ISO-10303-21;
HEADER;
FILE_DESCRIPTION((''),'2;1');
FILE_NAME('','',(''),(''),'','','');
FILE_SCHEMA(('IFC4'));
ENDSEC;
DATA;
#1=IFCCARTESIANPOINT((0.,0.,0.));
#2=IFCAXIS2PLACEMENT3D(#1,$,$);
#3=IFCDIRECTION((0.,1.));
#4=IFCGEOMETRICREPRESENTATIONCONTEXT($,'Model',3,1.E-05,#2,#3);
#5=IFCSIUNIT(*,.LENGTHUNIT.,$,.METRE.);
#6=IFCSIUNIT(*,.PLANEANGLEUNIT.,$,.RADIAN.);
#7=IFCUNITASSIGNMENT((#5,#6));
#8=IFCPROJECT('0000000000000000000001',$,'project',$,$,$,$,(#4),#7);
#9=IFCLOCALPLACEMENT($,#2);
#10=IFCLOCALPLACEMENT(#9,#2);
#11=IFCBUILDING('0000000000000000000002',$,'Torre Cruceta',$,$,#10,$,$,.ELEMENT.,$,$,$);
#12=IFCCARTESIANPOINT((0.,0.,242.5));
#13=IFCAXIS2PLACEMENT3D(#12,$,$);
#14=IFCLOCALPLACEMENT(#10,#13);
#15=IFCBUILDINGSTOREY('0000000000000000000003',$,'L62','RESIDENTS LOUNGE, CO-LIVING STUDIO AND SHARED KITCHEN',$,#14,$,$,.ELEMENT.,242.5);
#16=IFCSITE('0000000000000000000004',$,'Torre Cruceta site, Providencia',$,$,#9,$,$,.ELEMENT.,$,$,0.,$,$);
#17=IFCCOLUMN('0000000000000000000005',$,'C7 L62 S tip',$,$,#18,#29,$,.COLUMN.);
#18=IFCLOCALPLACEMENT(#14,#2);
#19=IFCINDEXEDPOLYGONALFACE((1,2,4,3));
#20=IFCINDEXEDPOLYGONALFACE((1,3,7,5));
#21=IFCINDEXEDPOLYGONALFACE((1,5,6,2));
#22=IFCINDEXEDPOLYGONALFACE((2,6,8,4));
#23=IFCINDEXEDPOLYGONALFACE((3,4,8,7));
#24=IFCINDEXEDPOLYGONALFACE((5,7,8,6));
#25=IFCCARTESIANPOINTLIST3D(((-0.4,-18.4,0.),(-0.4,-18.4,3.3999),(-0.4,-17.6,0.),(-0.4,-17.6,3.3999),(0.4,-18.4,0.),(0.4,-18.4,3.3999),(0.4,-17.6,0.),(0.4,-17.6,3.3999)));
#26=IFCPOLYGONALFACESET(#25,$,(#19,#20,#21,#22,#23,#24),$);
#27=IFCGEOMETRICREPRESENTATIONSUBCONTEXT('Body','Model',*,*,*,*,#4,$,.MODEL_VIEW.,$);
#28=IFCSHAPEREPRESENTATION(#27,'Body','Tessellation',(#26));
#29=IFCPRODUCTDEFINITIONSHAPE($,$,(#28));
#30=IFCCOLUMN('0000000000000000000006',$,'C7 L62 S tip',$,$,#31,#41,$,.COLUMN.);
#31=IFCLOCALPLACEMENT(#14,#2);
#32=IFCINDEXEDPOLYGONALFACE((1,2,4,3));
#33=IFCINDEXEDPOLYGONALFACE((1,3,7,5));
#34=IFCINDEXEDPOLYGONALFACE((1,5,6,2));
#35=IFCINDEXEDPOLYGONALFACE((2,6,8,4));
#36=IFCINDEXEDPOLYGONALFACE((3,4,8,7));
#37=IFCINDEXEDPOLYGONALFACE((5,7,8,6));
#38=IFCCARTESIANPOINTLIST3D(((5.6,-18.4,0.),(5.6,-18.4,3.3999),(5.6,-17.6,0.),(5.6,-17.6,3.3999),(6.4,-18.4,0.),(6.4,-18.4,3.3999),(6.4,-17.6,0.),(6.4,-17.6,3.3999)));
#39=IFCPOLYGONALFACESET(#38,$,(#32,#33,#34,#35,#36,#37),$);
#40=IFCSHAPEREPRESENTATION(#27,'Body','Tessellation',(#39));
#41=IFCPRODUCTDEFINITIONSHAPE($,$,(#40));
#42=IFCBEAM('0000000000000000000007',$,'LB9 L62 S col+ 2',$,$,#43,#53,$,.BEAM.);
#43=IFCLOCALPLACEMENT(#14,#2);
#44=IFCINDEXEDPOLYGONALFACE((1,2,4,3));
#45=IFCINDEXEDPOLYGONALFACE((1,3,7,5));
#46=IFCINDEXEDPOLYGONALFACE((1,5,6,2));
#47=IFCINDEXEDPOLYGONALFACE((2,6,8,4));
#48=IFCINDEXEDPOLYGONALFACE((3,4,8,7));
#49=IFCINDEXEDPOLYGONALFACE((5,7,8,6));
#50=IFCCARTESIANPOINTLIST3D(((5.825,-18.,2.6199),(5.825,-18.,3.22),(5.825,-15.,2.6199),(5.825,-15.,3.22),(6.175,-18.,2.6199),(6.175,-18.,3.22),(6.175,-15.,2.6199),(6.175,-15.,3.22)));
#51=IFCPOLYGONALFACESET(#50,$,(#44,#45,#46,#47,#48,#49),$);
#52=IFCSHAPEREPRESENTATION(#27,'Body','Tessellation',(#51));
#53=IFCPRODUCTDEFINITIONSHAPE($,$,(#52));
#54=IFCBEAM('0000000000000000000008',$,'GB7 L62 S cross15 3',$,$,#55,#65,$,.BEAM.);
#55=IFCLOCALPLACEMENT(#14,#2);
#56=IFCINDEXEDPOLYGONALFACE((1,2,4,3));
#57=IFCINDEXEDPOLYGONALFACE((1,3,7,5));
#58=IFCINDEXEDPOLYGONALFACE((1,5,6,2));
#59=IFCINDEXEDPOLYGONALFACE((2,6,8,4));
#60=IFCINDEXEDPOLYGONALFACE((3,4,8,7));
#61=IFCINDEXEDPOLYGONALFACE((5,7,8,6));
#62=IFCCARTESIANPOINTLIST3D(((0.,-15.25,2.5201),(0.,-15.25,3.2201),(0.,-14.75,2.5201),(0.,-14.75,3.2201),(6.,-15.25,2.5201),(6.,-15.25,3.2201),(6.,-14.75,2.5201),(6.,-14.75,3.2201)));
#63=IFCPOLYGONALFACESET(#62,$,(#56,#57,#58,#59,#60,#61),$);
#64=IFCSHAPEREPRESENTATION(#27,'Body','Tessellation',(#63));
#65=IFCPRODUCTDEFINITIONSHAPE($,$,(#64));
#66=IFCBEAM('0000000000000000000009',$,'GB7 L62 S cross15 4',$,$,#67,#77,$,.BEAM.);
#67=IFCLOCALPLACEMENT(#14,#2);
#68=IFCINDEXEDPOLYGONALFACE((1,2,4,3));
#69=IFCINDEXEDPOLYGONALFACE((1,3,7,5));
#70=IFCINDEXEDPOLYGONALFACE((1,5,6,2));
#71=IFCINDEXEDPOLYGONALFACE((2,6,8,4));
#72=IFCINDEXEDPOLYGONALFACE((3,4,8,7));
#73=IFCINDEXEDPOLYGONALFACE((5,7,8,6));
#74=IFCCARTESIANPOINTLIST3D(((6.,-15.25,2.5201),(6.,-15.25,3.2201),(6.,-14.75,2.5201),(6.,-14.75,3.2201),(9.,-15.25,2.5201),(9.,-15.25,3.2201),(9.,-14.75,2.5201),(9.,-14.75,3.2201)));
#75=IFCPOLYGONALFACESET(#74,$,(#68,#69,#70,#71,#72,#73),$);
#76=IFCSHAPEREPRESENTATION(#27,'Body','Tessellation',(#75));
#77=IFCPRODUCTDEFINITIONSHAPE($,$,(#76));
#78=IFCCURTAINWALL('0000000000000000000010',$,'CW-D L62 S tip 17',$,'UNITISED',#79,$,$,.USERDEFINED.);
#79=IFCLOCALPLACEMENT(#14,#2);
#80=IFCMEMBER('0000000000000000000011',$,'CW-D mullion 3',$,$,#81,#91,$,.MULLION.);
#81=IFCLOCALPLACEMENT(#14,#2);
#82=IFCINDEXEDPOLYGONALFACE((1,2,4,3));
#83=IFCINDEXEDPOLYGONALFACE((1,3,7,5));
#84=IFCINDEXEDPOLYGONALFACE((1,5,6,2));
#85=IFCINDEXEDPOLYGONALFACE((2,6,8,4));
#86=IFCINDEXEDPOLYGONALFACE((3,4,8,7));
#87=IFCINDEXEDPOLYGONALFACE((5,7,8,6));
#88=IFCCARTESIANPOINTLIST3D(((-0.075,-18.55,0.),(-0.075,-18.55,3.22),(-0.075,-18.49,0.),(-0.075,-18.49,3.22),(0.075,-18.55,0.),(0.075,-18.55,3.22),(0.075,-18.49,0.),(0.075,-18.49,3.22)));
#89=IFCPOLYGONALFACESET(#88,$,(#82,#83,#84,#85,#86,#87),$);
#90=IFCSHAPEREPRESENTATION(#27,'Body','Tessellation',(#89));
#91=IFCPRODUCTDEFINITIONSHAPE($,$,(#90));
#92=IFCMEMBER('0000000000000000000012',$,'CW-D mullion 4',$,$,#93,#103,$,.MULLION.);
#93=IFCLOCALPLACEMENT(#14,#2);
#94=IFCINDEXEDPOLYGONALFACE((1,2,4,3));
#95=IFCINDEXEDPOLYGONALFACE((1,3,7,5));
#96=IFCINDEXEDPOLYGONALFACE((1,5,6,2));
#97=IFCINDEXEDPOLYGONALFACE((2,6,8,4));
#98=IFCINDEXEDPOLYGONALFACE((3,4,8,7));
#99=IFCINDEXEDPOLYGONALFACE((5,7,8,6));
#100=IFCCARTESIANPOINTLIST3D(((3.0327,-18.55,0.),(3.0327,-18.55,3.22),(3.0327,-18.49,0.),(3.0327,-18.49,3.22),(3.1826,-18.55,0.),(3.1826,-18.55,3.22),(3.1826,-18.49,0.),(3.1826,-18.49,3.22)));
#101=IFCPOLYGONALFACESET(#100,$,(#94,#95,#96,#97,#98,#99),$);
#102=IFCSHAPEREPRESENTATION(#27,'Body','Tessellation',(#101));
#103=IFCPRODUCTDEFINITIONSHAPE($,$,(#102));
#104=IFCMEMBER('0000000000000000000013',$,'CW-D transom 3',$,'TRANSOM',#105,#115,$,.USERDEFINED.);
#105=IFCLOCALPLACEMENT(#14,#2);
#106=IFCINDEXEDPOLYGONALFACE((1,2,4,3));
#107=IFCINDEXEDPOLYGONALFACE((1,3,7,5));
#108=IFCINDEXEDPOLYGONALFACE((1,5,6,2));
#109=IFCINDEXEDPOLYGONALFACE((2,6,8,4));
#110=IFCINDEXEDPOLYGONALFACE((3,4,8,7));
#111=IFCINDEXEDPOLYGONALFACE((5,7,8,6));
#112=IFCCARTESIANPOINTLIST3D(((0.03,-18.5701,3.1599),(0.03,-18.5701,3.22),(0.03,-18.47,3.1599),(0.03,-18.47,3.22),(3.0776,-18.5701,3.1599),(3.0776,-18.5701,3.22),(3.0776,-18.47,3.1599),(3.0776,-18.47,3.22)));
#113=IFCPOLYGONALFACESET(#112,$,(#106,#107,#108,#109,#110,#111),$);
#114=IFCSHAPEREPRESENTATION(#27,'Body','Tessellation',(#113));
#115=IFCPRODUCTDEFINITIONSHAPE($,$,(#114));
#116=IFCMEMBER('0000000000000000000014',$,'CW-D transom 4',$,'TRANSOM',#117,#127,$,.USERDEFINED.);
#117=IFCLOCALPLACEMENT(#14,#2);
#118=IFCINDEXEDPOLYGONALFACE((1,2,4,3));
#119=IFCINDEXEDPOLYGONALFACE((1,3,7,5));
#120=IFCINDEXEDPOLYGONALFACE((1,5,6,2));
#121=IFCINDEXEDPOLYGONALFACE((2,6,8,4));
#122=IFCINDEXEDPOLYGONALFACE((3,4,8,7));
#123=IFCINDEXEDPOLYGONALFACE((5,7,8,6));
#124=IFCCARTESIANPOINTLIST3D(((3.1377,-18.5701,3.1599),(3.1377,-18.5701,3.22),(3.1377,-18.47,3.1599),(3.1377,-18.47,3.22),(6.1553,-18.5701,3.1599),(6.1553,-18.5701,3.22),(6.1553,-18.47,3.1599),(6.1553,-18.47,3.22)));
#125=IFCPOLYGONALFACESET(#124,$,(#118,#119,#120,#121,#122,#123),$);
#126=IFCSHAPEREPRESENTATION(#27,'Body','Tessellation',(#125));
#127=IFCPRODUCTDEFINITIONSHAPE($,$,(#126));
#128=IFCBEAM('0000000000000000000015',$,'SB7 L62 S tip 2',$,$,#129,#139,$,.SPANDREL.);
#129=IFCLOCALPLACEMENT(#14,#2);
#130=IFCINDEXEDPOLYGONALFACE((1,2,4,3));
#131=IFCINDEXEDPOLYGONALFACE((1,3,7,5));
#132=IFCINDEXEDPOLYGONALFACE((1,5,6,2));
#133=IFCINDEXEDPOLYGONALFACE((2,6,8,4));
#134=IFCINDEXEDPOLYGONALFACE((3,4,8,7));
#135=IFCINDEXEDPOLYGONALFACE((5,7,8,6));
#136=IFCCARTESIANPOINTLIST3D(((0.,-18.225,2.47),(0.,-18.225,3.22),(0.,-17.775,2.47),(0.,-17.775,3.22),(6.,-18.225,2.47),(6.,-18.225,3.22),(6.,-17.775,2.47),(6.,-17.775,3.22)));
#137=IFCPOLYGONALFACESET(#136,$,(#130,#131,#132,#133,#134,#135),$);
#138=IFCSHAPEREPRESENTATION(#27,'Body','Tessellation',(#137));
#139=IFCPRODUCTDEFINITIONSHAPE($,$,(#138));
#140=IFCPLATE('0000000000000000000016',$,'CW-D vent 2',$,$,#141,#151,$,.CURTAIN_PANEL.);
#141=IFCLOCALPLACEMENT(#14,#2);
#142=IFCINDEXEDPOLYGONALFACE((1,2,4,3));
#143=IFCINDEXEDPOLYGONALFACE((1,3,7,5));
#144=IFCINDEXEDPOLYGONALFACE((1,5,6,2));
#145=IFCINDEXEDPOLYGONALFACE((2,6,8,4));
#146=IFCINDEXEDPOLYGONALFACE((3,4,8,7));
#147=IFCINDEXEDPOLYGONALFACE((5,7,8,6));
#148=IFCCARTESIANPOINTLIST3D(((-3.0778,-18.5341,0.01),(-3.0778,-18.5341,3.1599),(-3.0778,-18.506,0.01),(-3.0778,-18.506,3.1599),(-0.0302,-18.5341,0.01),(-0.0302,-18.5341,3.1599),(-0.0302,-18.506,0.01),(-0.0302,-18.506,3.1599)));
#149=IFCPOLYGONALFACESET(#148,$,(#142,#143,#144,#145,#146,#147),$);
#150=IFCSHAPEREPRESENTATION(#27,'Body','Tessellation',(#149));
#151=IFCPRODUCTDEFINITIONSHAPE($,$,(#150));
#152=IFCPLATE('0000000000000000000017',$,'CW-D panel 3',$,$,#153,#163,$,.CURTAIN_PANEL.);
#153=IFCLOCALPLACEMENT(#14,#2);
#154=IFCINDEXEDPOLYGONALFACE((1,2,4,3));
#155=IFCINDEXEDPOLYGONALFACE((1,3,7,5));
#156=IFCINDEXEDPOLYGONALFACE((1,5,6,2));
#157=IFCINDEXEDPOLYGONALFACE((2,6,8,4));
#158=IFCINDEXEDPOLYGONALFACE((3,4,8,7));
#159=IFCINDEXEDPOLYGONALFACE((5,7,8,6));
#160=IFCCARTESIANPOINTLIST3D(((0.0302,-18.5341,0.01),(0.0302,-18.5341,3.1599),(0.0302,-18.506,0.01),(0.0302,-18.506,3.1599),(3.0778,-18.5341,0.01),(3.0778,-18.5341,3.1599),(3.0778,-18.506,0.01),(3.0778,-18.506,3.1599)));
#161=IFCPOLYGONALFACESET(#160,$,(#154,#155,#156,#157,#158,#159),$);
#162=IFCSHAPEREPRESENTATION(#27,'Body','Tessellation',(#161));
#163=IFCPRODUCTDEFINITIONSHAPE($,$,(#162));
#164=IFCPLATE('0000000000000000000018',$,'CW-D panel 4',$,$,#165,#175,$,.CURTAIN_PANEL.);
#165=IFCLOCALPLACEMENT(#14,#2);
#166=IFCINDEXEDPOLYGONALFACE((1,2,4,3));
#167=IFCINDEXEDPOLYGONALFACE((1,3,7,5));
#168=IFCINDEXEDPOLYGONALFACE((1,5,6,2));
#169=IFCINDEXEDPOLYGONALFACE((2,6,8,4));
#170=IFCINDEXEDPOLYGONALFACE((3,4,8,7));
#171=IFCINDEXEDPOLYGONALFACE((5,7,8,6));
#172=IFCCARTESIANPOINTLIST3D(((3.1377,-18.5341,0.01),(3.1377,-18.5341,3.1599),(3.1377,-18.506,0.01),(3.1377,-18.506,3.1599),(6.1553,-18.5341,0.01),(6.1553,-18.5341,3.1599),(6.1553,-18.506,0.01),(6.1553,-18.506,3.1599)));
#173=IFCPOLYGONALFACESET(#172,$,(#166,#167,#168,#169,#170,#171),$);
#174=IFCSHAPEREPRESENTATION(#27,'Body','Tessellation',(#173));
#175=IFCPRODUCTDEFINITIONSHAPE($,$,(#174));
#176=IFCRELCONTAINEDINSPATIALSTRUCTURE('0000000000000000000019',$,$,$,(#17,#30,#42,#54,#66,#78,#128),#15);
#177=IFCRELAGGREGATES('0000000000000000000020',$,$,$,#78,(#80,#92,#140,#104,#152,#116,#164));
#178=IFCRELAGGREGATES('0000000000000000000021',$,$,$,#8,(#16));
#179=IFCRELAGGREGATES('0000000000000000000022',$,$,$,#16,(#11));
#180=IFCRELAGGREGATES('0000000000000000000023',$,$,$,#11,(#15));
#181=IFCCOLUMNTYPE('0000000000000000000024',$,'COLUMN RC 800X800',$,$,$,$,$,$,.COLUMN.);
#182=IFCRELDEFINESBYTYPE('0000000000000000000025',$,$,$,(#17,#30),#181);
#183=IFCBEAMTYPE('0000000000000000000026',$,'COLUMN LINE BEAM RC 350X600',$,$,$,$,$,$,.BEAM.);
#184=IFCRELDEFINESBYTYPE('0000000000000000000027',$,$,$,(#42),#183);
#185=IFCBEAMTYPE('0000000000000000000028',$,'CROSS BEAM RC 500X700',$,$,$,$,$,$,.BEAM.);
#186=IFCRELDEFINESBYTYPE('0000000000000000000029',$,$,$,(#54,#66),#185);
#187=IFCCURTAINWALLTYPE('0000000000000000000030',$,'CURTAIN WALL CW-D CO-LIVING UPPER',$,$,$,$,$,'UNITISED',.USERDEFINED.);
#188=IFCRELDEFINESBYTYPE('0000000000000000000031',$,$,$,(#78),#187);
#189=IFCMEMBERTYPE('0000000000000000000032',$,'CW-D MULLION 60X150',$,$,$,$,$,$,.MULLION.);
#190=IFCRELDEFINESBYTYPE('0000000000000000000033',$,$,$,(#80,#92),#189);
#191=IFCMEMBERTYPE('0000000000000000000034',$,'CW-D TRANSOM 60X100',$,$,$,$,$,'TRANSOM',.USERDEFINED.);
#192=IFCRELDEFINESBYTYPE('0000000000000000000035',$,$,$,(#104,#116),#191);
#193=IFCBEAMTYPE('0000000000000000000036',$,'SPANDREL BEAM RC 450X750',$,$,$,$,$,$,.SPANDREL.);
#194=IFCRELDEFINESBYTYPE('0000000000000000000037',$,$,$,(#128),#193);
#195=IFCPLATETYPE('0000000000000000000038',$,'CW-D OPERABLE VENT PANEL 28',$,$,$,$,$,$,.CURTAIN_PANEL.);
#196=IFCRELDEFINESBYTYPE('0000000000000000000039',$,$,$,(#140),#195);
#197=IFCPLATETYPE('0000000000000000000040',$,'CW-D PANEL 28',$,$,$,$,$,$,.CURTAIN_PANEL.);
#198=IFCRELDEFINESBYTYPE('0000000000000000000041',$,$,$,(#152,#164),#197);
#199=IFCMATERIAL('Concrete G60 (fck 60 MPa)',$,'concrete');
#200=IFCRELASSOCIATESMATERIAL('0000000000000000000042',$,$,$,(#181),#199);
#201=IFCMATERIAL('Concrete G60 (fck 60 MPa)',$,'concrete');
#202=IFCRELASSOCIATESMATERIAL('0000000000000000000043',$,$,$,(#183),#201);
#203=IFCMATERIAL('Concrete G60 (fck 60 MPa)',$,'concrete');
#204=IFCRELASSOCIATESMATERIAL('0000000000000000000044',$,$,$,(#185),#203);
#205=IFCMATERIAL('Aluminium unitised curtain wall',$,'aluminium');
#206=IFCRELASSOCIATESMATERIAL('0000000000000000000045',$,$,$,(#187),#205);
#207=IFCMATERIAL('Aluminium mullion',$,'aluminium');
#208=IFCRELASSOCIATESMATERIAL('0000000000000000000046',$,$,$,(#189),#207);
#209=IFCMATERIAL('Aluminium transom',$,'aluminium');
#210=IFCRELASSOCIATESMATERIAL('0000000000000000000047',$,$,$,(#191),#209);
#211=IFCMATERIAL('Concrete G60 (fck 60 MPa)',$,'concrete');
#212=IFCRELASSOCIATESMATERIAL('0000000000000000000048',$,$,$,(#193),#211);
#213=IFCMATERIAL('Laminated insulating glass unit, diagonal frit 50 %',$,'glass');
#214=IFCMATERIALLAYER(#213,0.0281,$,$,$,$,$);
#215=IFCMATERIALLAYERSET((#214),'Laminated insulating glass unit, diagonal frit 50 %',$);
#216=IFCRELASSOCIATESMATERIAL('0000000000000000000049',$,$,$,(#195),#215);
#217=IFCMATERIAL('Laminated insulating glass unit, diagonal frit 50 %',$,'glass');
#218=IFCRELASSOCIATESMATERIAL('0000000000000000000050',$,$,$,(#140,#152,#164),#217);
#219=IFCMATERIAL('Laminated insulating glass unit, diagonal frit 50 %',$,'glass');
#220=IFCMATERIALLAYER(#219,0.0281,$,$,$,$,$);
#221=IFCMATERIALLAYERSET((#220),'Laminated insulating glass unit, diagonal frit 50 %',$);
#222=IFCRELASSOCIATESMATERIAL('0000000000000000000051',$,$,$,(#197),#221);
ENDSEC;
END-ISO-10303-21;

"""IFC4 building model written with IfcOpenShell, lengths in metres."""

from ifc_helpers import new_model, si_unit, direction, frame, origin, origin_2d, place, context, subcontext, project, spatial, rectangle, extrude, material, layer, layer_set, material_profile, profile_set, type_object, element, aggregate, save


model = new_model("IFC4")

# Units and contexts
model_context = context("Model", 3, precision=1e-05, world=origin(), true_north=direction((0.0, 1.0)))
body_context = subcontext(model_context, "Body", "Model", "MODEL_VIEW")
ifc_project = project(units=[si_unit("LENGTHUNIT", "METRE"), si_unit("PLANEANGLEUNIT", "RADIAN")], contexts=[model_context])

# Site, building, storey
site_placement = place(None, origin())
site = spatial("IfcSite", under=ifc_project, at=site_placement, Name="Torre Cruceta site, Providencia", CompositionType="ELEMENT", RefElevation=0.0)
building_placement = place(site_placement, origin())
building = spatial("IfcBuilding", under=site, at=building_placement, Name="Torre Cruceta", CompositionType="ELEMENT")
storey_placement = place(building_placement, frame((0.0, 0.0, 242.5)))
storey = spatial("IfcBuildingStorey", under=building, at=storey_placement, Name="L62", Description="RESIDENTS LOUNGE, CO-LIVING STUDIO AND SHARED KITCHEN", CompositionType="ELEMENT", Elevation=242.5)

# Columns
ifc_material_1 = material(Name="Concrete G60 (fck 60 MPa)", Category="concrete")
ifc_material_profile_1 = material_profile(ifc_material_1, rectangle(XDim=0.8, YDim=0.8, at=origin_2d()), Name="RC 800X800")
ifc_profile_set_1 = profile_set([ifc_material_profile_1], Name="Concrete G60 (fck 60 MPa)")
column_type = type_object("IfcColumnType", Name="COLUMN RC 800X800", PredefinedType="COLUMN", material=ifc_profile_set_1)
for number, where, z_axis, x_axis, name in (
    (1, (0.0, -18.0, 0.0), (0.0, 0.0, 1.0), (1.0, 0.0, 0.0), "C7 L62 S tip"),
    (2, (6.0, -18.0, 0.0), (0.0, 0.0, 1.0), (1.0, 0.0, 0.0), "C7 L62 S tip"),
):
    element("IfcColumn", number, at=place(storey_placement, frame(where, z_axis=z_axis, x_axis=x_axis)), inside=storey, type_object=column_type, Name=name, PredefinedType="COLUMN", context=body_context, shape_type="SweptSolid", body=[
        extrude(rectangle(XDim=0.8, YDim=0.8, at=origin_2d()), origin(), (0.0, 0.0, 1.0), 3.3999),
    ])

# Beams
ifc_material_2 = material(Name="Concrete G60 (fck 60 MPa)", Category="concrete")
ifc_material_profile_2 = material_profile(ifc_material_2, rectangle(XDim=0.3501, YDim=0.6001, at=origin_2d()), Name="RC 350X600")
ifc_profile_set_2 = profile_set([ifc_material_profile_2], Name="Concrete G60 (fck 60 MPa)")
beam_type_1 = type_object("IfcBeamType", Name="COLUMN LINE BEAM RC 350X600", PredefinedType="BEAM", material=ifc_profile_set_2)
beam_1_placement = place(storey_placement, frame((6.0, -15.0, 2.9199), z_axis=(0.0, -1.0, 0.0), x_axis=(1.0, 0.0, 0.0)))
element("IfcBeam", 3, at=beam_1_placement, inside=storey, type_object=beam_type_1, Name="LB9 L62 S col+ 2", PredefinedType="BEAM", context=body_context, shape_type="SweptSolid", body=[
    extrude(rectangle(XDim=0.3501, YDim=0.6001, at=origin_2d()), origin(), (0.0, 0.0, 1.0), 3.0),
])
ifc_material_3 = material(Name="Concrete G60 (fck 60 MPa)", Category="concrete")
ifc_material_profile_3 = material_profile(ifc_material_3, rectangle(XDim=0.5, YDim=0.7, at=origin_2d()), Name="RC 500X700")
ifc_profile_set_3 = profile_set([ifc_material_profile_3], Name="Concrete G60 (fck 60 MPa)")
beam_type_2 = type_object("IfcBeamType", Name="CROSS BEAM RC 500X700", PredefinedType="BEAM", material=ifc_profile_set_3)
beam_2_placement = place(storey_placement, frame((0.0, -15.0, 2.8701), z_axis=(1.0, 0.0, 0.0), x_axis=(0.0, 1.0, 0.0)))
element("IfcBeam", 4, at=beam_2_placement, inside=storey, type_object=beam_type_2, Name="GB7 L62 S cross15 3", PredefinedType="BEAM", context=body_context, shape_type="SweptSolid", body=[
    extrude(rectangle(XDim=0.5, YDim=0.7, at=origin_2d()), origin(), (0.0, 0.0, 1.0), 6.0),
])
beam_3_placement = place(storey_placement, frame((6.0, -15.0, 2.8701), z_axis=(1.0, 0.0, 0.0), x_axis=(0.0, 1.0, 0.0)))
element("IfcBeam", 5, at=beam_3_placement, inside=storey, type_object=beam_type_2, Name="GB7 L62 S cross15 4", PredefinedType="BEAM", context=body_context, shape_type="SweptSolid", body=[
    extrude(rectangle(XDim=0.5, YDim=0.7, at=origin_2d()), origin(), (0.0, 0.0, 1.0), 3.0),
])

# Curtain wall, members
ifc_material_4 = material(Name="Aluminium unitised curtain wall", Category="aluminium")
curtain_wall_type = type_object("IfcCurtainWallType", Name="CURTAIN WALL CW-D CO-LIVING UPPER", ElementType="UNITISED", PredefinedType="USERDEFINED", material=ifc_material_4)
curtain_wall_placement = place(storey_placement, origin())
curtain_wall = element("IfcCurtainWall", 6, at=curtain_wall_placement, inside=storey, type_object=curtain_wall_type, Name="CW-D L62 S tip 17", ObjectType="UNITISED", PredefinedType="USERDEFINED")
ifc_material_5 = material(Name="Aluminium mullion", Category="aluminium")
ifc_material_profile_4 = material_profile(ifc_material_5, rectangle(XDim=0.0601, YDim=0.1499, at=origin_2d()), Name="AL 60X150")
ifc_profile_set_4 = profile_set([ifc_material_profile_4], Name="Aluminium mullion")
member_type_1 = type_object("IfcMemberType", Name="CW-D MULLION 60X150", PredefinedType="MULLION", material=ifc_profile_set_4)
member_1_placement = place(storey_placement, frame((0.0, -18.52, 0.0), z_axis=(0.0, 0.0, 1.0), x_axis=(0.0, 1.0, 0.0)))
member_1 = element("IfcMember", 7, at=member_1_placement, type_object=member_type_1, Name="CW-D mullion 3", PredefinedType="MULLION", context=body_context, shape_type="SweptSolid", body=[
    extrude(rectangle(XDim=0.0601, YDim=0.1499, at=origin_2d()), origin(), (0.0, 0.0, 1.0), 3.22),
])
member_2_placement = place(storey_placement, frame((3.1077, -18.52, 0.0), z_axis=(0.0, 0.0, 1.0), x_axis=(0.0, 1.0, 0.0)))
member_2 = element("IfcMember", 8, at=member_2_placement, type_object=member_type_1, Name="CW-D mullion 4", PredefinedType="MULLION", context=body_context, shape_type="SweptSolid", body=[
    extrude(rectangle(XDim=0.0601, YDim=0.1499, at=origin_2d()), origin(), (0.0, 0.0, 1.0), 3.22),
])
ifc_material_6 = material(Name="Aluminium transom", Category="aluminium")
ifc_material_profile_5 = material_profile(ifc_material_6, rectangle(XDim=0.1001, YDim=0.0601, at=origin_2d()), Name="AL 100X60")
ifc_profile_set_5 = profile_set([ifc_material_profile_5], Name="Aluminium transom")
member_type_2 = type_object("IfcMemberType", Name="CW-D TRANSOM 60X100", ElementType="TRANSOM", PredefinedType="USERDEFINED", material=ifc_profile_set_5)
member_3_placement = place(storey_placement, frame((0.03, -18.52, 3.1899), z_axis=(1.0, 0.0, 0.0), x_axis=(0.0, 1.0, 0.0)))
member_3 = element("IfcMember", 9, at=member_3_placement, type_object=member_type_2, Name="CW-D transom 3", ObjectType="TRANSOM", PredefinedType="USERDEFINED", context=body_context, shape_type="SweptSolid", body=[
    extrude(rectangle(XDim=0.1001, YDim=0.0601, at=origin_2d()), origin(), (0.0, 0.0, 1.0), 3.0476),
])
member_4_placement = place(storey_placement, frame((3.1377, -18.52, 3.1899), z_axis=(1.0, 0.0, 0.0), x_axis=(0.0, 1.0, 0.0)))
member_4 = element("IfcMember", 10, at=member_4_placement, type_object=member_type_2, Name="CW-D transom 4", ObjectType="TRANSOM", PredefinedType="USERDEFINED", context=body_context, shape_type="SweptSolid", body=[
    extrude(rectangle(XDim=0.1001, YDim=0.0601, at=origin_2d()), origin(), (0.0, 0.0, 1.0), 3.0176),
])

# Beam
ifc_material_7 = material(Name="Concrete G60 (fck 60 MPa)", Category="concrete")
ifc_material_profile_6 = material_profile(ifc_material_7, rectangle(XDim=0.45, YDim=0.75, at=origin_2d()), Name="RC 450X750")
ifc_profile_set_6 = profile_set([ifc_material_profile_6], Name="Concrete G60 (fck 60 MPa)")
beam_type_3 = type_object("IfcBeamType", Name="SPANDREL BEAM RC 450X750", PredefinedType="SPANDREL", material=ifc_profile_set_6)
beam_4_placement = place(storey_placement, frame((0.0, -18.0, 2.845), z_axis=(1.0, 0.0, 0.0), x_axis=(0.0, 1.0, 0.0)))
element("IfcBeam", 11, at=beam_4_placement, inside=storey, type_object=beam_type_3, Name="SB7 L62 S tip 2", PredefinedType="SPANDREL", context=body_context, shape_type="SweptSolid", body=[
    extrude(rectangle(XDim=0.45, YDim=0.75, at=origin_2d()), origin(), (0.0, 0.0, 1.0), 6.0),
])

# Plates
ifc_material_8 = material(Name="Laminated insulating glass unit, diagonal frit 50 %", Category="glass")
ifc_material_9 = material(Name="Laminated insulating glass unit, diagonal frit 50 %", Category="glass")
ifc_layer_1 = layer(ifc_material_9, 0.0281)
ifc_layer_set_1 = layer_set([ifc_layer_1], Name="Laminated insulating glass unit, diagonal frit 50 %")
plate_type_1 = type_object("IfcPlateType", Name="CW-D OPERABLE VENT PANEL 28", PredefinedType="CURTAIN_PANEL", material=ifc_layer_set_1)
plate_1_placement = place(storey_placement, frame((-1.554, -18.52, 0.01), z_axis=(0.0, 0.0, 1.0), x_axis=(1.0, 0.0, 0.0)))
plate_1 = element("IfcPlate", 12, at=plate_1_placement, type_object=plate_type_1, material=ifc_material_8, Name="CW-D vent 2", PredefinedType="CURTAIN_PANEL", context=body_context, shape_type="SweptSolid", body=[
    extrude(rectangle(XDim=3.0476, YDim=0.0281, at=origin_2d()), origin(), (0.0, 0.0, 1.0), 3.1499),
])
ifc_material_10 = material(Name="Laminated insulating glass unit, diagonal frit 50 %", Category="glass")
ifc_layer_2 = layer(ifc_material_10, 0.0281)
ifc_layer_set_2 = layer_set([ifc_layer_2], Name="Laminated insulating glass unit, diagonal frit 50 %")
plate_type_2 = type_object("IfcPlateType", Name="CW-D PANEL 28", PredefinedType="CURTAIN_PANEL", material=ifc_layer_set_2)
plate_2_placement = place(storey_placement, frame((1.554, -18.52, 0.01), z_axis=(0.0, 0.0, 1.0), x_axis=(1.0, 0.0, 0.0)))
plate_2 = element("IfcPlate", 13, at=plate_2_placement, type_object=plate_type_2, material=ifc_material_8, Name="CW-D panel 3", PredefinedType="CURTAIN_PANEL", context=body_context, shape_type="SweptSolid", body=[
    extrude(rectangle(XDim=3.0476, YDim=0.0281, at=origin_2d()), origin(), (0.0, 0.0, 1.0), 3.1499),
])
plate_3_placement = place(storey_placement, frame((4.6465, -18.52, 0.01), z_axis=(0.0, 0.0, 1.0), x_axis=(1.0, 0.0, 0.0)))
plate_3 = element("IfcPlate", 14, at=plate_3_placement, type_object=plate_type_2, material=ifc_material_8, Name="CW-D panel 4", PredefinedType="CURTAIN_PANEL", context=body_context, shape_type="SweptSolid", body=[
    extrude(rectangle(XDim=3.0176, YDim=0.0281, at=origin_2d()), origin(), (0.0, 0.0, 1.0), 3.1499),
])
aggregate(curtain_wall, [member_1, member_2, plate_1, member_3, plate_2, member_4, plate_3])

save(model, "model.ifc")
